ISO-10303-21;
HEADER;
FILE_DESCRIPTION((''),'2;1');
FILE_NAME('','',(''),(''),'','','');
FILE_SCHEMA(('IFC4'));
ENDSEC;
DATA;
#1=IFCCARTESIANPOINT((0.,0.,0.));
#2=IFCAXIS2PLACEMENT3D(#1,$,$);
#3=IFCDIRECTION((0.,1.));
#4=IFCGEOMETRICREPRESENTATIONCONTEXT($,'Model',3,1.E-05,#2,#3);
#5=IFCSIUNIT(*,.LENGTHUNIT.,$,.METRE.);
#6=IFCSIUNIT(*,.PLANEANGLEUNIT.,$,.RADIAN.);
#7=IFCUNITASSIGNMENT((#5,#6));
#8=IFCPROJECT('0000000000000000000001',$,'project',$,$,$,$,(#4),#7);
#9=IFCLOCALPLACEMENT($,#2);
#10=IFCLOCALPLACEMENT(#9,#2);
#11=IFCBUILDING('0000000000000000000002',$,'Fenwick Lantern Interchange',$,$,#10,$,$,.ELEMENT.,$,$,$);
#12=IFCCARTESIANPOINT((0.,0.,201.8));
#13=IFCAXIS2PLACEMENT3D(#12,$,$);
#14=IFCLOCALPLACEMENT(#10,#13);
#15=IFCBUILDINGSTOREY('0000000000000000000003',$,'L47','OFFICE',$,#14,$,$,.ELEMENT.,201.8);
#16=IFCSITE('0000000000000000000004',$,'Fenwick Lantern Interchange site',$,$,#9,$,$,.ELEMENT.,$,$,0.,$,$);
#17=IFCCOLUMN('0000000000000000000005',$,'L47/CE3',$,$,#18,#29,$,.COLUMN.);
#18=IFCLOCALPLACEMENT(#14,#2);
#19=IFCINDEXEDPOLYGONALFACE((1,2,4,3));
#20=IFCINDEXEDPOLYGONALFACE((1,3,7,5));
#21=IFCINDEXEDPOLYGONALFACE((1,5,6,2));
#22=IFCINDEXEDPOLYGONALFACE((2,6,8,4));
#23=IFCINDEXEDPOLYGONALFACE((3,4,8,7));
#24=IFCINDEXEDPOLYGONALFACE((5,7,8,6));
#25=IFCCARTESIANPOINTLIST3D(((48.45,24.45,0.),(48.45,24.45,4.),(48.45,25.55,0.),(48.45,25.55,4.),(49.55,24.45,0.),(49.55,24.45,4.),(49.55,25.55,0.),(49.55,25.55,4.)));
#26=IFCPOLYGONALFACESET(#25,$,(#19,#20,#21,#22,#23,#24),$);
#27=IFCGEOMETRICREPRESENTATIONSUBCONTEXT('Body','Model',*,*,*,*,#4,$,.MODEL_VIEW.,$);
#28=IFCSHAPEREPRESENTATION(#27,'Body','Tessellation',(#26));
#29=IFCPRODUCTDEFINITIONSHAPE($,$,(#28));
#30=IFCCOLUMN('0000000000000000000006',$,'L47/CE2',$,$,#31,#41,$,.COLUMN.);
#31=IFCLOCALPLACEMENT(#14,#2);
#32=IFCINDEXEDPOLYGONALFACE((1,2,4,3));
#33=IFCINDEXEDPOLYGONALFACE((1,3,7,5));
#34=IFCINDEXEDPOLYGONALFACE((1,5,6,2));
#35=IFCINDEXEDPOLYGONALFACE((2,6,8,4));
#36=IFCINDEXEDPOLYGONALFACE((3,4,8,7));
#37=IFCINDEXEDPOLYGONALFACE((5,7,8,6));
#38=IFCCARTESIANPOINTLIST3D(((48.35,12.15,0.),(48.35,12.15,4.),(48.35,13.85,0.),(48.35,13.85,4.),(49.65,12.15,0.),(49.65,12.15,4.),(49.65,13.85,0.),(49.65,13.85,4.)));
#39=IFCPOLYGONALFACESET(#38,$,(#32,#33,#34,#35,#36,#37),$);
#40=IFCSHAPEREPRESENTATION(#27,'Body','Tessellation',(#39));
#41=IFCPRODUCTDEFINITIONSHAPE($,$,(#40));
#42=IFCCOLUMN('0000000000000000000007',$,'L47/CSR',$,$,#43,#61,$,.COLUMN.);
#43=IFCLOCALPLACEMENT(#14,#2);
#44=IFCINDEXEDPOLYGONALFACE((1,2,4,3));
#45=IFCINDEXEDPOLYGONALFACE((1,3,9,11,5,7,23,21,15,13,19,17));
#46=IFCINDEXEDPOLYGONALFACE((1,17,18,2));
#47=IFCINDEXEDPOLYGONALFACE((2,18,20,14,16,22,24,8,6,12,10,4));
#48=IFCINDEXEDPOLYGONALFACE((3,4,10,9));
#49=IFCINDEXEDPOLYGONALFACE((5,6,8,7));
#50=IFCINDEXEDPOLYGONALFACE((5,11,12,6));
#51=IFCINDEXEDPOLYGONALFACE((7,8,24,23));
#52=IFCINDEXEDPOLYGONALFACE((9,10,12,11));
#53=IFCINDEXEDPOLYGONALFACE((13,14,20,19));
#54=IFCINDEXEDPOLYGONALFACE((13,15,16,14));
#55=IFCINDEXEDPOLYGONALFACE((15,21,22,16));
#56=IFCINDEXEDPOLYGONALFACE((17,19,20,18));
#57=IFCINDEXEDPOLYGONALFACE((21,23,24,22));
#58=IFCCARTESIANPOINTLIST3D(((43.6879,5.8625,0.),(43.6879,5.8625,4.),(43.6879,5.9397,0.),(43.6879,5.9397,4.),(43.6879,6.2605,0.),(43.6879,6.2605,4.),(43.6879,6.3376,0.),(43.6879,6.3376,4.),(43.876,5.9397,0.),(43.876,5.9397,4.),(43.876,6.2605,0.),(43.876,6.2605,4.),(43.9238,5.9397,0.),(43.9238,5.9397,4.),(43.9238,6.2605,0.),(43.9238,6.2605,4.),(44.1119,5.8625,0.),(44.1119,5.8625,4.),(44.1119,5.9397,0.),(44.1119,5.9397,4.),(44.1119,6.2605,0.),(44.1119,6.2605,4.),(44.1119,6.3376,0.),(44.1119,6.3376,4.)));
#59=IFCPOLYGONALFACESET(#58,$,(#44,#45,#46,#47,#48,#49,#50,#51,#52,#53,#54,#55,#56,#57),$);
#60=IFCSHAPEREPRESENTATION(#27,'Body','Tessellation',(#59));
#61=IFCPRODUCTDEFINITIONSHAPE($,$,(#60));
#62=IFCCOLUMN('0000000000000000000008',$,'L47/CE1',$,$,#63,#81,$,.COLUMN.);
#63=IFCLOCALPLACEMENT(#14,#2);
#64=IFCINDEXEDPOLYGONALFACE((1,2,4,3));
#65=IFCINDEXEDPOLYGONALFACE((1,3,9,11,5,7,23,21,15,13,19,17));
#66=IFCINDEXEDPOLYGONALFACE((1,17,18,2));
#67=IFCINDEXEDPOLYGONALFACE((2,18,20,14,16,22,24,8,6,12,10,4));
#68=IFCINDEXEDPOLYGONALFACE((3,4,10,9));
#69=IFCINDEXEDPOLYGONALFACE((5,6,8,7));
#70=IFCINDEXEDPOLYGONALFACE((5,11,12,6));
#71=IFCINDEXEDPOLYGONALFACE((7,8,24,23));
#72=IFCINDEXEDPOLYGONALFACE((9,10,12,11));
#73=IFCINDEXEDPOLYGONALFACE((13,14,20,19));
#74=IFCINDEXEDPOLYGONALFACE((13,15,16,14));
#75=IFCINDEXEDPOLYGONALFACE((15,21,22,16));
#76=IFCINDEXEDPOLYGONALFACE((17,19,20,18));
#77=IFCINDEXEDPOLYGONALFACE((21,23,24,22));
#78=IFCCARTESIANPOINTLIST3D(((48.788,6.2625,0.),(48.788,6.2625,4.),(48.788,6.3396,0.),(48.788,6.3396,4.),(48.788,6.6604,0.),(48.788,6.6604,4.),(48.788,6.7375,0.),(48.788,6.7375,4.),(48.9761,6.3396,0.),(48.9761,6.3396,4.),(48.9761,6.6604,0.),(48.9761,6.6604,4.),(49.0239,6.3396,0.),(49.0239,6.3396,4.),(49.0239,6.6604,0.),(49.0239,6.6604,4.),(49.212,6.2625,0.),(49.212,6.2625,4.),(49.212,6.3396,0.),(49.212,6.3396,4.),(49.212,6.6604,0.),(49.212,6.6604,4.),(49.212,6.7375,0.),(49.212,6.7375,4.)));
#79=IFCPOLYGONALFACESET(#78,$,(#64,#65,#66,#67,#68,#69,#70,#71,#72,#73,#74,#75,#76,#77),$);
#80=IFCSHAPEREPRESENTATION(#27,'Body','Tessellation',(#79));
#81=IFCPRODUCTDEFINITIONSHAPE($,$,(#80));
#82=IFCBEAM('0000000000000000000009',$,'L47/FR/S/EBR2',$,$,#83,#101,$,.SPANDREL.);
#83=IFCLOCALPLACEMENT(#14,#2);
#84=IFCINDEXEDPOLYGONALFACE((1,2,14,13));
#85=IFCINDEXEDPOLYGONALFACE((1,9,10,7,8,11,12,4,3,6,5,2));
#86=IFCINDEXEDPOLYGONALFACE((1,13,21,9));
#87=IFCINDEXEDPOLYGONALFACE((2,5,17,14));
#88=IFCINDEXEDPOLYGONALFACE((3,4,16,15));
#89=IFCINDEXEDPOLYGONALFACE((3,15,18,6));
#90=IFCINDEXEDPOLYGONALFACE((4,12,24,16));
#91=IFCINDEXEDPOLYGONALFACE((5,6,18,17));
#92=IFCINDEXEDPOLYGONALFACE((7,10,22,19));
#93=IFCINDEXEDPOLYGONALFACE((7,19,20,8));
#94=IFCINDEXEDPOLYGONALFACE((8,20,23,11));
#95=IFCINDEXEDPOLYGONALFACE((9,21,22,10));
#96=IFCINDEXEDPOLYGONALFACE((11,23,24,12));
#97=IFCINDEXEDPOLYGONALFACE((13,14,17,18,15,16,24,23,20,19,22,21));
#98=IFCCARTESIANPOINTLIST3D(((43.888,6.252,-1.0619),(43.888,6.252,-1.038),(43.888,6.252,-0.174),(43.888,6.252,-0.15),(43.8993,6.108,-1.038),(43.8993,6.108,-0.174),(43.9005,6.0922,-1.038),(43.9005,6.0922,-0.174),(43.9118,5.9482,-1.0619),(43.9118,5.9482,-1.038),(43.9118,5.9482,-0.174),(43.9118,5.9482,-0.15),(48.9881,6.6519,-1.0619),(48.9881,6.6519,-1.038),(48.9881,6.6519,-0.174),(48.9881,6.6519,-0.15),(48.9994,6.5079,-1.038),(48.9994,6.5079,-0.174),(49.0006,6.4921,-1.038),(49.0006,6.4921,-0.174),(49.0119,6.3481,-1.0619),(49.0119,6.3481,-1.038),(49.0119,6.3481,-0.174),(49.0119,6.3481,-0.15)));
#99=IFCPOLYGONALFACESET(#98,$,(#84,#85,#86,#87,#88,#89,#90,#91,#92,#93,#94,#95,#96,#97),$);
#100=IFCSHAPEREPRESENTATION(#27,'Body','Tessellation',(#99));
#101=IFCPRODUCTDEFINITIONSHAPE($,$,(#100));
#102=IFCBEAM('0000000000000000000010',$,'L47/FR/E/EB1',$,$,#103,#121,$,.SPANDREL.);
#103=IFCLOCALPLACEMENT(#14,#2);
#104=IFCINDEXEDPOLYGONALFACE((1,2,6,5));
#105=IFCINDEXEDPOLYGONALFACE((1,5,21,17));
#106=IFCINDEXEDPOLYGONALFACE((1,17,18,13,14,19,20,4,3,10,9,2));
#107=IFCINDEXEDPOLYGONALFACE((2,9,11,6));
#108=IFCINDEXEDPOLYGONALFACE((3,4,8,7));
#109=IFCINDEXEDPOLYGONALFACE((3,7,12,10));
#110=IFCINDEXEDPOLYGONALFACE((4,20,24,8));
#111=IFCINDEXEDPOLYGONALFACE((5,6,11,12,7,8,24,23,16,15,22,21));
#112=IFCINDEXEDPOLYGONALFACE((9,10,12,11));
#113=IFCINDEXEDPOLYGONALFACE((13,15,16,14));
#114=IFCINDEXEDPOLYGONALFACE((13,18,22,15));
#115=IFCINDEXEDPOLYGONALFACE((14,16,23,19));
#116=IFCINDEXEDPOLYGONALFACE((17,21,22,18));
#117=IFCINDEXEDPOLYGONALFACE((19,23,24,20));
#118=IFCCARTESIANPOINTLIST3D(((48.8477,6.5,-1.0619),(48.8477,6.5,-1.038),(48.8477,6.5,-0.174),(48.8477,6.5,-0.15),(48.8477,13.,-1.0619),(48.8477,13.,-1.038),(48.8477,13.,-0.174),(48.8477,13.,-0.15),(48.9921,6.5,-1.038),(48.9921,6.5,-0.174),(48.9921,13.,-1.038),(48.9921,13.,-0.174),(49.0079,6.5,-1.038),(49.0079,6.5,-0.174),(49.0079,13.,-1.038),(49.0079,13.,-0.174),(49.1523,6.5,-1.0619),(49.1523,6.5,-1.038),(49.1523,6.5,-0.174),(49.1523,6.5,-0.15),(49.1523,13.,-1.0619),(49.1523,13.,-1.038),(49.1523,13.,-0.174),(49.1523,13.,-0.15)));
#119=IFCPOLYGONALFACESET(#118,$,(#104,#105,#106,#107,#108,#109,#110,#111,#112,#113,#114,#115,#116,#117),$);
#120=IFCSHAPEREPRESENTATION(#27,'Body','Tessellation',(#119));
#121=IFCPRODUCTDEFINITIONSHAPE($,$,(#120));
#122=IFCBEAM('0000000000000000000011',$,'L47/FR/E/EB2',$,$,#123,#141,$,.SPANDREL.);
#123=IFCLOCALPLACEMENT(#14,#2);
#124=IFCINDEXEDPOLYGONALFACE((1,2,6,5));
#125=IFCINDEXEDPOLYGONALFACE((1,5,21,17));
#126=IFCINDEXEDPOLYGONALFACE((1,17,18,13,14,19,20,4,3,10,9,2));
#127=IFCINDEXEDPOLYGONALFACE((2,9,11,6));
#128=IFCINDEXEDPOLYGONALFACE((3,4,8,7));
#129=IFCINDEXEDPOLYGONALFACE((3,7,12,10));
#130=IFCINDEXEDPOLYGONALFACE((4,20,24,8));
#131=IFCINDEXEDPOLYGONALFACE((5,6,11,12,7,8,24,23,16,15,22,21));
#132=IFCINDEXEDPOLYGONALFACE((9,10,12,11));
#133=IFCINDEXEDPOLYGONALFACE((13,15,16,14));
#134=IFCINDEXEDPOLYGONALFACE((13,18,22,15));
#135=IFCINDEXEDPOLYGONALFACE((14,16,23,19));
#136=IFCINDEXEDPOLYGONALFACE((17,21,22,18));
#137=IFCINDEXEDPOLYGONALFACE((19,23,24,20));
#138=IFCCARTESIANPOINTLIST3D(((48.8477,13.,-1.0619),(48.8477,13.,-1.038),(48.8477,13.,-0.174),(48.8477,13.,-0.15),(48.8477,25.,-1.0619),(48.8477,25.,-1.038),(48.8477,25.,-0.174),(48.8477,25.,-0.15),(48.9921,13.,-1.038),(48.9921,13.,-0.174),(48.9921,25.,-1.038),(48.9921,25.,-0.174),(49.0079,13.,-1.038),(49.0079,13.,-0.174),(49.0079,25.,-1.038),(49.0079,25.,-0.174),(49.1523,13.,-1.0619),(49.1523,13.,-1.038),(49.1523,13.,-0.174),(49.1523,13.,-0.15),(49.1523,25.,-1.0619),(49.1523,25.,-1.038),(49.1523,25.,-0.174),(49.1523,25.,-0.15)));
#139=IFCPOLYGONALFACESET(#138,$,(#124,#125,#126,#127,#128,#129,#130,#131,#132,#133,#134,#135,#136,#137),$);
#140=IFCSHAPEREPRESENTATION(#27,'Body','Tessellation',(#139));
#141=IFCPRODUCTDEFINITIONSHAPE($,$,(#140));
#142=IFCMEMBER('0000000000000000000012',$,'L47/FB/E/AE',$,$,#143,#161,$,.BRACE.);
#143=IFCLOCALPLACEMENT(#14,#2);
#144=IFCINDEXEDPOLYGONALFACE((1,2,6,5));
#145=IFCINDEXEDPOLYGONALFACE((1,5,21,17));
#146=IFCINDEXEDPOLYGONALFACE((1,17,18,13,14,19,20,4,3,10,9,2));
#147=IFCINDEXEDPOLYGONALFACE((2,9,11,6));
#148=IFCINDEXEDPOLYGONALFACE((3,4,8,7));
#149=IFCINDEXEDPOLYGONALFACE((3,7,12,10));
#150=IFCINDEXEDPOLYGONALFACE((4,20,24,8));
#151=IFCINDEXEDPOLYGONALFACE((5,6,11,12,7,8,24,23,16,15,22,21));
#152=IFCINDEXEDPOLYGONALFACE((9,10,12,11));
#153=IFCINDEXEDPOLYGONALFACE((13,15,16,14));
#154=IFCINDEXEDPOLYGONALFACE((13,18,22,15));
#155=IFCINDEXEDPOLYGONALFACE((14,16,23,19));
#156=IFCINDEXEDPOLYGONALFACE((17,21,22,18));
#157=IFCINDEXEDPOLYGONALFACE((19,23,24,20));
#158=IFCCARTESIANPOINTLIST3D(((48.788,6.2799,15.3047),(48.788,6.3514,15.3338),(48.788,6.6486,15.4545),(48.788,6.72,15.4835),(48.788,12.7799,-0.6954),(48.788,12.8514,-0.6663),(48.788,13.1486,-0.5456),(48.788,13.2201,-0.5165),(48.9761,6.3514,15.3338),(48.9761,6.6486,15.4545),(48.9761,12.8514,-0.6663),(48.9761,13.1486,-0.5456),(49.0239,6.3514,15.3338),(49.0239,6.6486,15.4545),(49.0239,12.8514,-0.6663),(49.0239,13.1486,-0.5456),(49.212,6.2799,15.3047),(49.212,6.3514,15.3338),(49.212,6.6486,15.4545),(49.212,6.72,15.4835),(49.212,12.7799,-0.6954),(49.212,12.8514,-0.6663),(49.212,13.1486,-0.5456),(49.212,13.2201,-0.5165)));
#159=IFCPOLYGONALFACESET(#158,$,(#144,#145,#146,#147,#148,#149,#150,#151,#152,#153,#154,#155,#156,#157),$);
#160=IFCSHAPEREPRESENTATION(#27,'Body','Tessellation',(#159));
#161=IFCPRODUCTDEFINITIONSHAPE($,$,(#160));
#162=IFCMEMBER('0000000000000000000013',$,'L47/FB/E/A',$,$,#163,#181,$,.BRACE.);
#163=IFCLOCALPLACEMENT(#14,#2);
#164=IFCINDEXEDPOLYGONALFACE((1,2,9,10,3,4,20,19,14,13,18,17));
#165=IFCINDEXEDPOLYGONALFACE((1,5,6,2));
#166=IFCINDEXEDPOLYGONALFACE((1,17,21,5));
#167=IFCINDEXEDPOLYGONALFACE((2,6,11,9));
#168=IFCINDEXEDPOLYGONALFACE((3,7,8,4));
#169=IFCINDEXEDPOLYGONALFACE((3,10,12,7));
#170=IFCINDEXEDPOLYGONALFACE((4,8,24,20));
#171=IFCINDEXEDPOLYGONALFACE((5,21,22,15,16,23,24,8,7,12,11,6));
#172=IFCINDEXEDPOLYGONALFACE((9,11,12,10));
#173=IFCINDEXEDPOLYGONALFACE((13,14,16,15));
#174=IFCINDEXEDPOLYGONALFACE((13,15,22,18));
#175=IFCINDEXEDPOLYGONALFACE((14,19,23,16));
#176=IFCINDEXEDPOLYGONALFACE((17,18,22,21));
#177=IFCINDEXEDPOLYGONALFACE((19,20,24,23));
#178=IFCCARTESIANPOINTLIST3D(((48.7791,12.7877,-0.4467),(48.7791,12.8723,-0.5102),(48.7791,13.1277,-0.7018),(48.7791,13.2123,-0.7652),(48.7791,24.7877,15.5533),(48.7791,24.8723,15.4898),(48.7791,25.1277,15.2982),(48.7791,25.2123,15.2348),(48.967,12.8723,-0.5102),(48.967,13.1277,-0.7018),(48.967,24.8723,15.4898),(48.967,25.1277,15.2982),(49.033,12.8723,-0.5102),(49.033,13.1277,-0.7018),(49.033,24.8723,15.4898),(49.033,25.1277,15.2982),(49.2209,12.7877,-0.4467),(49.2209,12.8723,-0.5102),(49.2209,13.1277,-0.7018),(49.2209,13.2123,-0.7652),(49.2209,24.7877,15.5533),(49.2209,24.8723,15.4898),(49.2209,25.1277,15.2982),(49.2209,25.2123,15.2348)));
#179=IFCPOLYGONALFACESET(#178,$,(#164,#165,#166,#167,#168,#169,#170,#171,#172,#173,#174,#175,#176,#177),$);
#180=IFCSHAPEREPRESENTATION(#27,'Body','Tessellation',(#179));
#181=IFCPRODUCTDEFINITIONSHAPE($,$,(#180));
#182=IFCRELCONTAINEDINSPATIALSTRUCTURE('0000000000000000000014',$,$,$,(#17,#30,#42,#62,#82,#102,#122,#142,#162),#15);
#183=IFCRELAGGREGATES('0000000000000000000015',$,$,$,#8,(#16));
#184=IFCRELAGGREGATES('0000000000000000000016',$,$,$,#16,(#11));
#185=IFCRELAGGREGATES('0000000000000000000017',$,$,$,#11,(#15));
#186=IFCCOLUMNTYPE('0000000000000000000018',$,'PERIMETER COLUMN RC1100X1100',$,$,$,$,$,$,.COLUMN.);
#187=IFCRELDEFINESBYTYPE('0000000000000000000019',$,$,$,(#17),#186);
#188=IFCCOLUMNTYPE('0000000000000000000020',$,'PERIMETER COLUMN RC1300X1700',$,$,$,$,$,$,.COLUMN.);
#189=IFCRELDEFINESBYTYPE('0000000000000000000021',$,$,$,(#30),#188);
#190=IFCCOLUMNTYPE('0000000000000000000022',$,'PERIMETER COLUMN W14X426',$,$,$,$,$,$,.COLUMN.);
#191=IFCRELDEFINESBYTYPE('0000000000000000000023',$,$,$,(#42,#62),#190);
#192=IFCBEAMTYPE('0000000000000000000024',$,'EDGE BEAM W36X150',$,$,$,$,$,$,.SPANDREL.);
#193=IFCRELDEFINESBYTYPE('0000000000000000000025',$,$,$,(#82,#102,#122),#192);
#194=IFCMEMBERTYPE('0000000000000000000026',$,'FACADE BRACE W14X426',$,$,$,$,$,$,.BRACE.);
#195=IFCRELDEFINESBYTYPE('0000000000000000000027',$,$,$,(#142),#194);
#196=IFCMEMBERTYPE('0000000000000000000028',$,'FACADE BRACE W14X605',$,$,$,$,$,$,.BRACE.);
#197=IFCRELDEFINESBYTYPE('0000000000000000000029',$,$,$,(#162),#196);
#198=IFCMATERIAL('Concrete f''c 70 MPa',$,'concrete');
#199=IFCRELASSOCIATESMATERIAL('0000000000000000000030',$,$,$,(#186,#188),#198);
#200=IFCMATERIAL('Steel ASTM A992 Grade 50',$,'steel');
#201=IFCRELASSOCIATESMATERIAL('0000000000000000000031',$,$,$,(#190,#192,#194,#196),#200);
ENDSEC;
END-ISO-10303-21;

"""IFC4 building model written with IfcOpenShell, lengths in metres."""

from ifc_helpers import new_model, si_unit, direction, frame, origin, origin_2d, place, context, subcontext, project, spatial, rectangle, i_section, extrude, material, material_profile, profile_set, type_object, element, save


model = new_model("IFC4")

# Units and contexts
model_context = context("Model", 3, precision=1e-05, world=origin(), true_north=direction((0.0, 1.0)))
body_context = subcontext(model_context, "Body", "Model", "MODEL_VIEW")
ifc_project = project(units=[si_unit("LENGTHUNIT", "METRE"), si_unit("PLANEANGLEUNIT", "RADIAN")], contexts=[model_context])

# Site, building, storey
site_placement = place(None, origin())
site = spatial("IfcSite", under=ifc_project, at=site_placement, Name="Fenwick Lantern Interchange site", CompositionType="ELEMENT", RefElevation=0.0)
building_placement = place(site_placement, origin())
building = spatial("IfcBuilding", under=site, at=building_placement, Name="Fenwick Lantern Interchange", CompositionType="ELEMENT")
storey_placement = place(building_placement, frame((0.0, 0.0, 201.8)))
storey = spatial("IfcBuildingStorey", under=building, at=storey_placement, Name="L47", Description="OFFICE", CompositionType="ELEMENT", Elevation=201.8)

# Columns
ifc_material_1 = material(Name="Concrete f'c 70 MPa", Category="concrete")
ifc_material_profile_1 = material_profile(ifc_material_1, rectangle(XDim=1.1001, YDim=1.1001, at=origin_2d()), Name="RC1100X1100")
ifc_profile_set_1 = profile_set([ifc_material_profile_1], Name="Concrete f'c 70 MPa")
column_type_1 = type_object("IfcColumnType", Name="PERIMETER COLUMN RC1100X1100", PredefinedType="COLUMN", material=ifc_profile_set_1)
column_1_placement = place(storey_placement, frame((49.0, 25.0, 0.0), z_axis=(0.0, 0.0, 1.0), x_axis=(1.0, 0.0, 0.0)))
element("IfcColumn", 1, at=column_1_placement, inside=storey, type_object=column_type_1, Name="L47/CE3", PredefinedType="COLUMN", context=body_context, shape_type="SweptSolid", body=[
    extrude(rectangle(XDim=1.1001, YDim=1.1001, at=origin_2d()), origin(), (0.0, 0.0, 1.0), 4.0),
])
ifc_material_profile_2 = material_profile(ifc_material_1, rectangle(XDim=1.3, YDim=1.7, at=origin_2d()), Name="RC1300X1700")
ifc_profile_set_2 = profile_set([ifc_material_profile_2], Name="Concrete f'c 70 MPa")
column_type_2 = type_object("IfcColumnType", Name="PERIMETER COLUMN RC1300X1700", PredefinedType="COLUMN", material=ifc_profile_set_2)
column_2_placement = place(storey_placement, frame((49.0, 13.0, 0.0), z_axis=(0.0, 0.0, 1.0), x_axis=(1.0, 0.0, 0.0)))
element("IfcColumn", 2, at=column_2_placement, inside=storey, type_object=column_type_2, Name="L47/CE2", PredefinedType="COLUMN", context=body_context, shape_type="SweptSolid", body=[
    extrude(rectangle(XDim=1.3, YDim=1.7, at=origin_2d()), origin(), (0.0, 0.0, 1.0), 4.0),
])
ifc_material_2 = material(Name="Steel ASTM A992 Grade 50", Category="steel")
ifc_material_profile_3 = material_profile(ifc_material_2, i_section(OverallWidth=0.4241, OverallDepth=0.4751, WebThickness=0.0479, FlangeThickness=0.0771, at=origin_2d()), Name="W14X426")
ifc_profile_set_3 = profile_set([ifc_material_profile_3], Name="Steel ASTM A992 Grade 50")
column_type_3 = type_object("IfcColumnType", Name="PERIMETER COLUMN W14X426", PredefinedType="COLUMN", material=ifc_profile_set_3)
for number, where, z_axis, x_axis, name in (
    (3, (43.8999, 6.1001, 0.0), (0.0, 0.0, 1.0), (1.0, 0.0, 0.0), "L47/CSR"),
    (4, (49.0, 6.5, 0.0), (0.0, 0.0, 1.0), (1.0, 0.0, 0.0), "L47/CE1"),
):
    element("IfcColumn", number, at=place(storey_placement, frame(where, z_axis=z_axis, x_axis=x_axis)), inside=storey, type_object=column_type_3, Name=name, PredefinedType="COLUMN", context=body_context, shape_type="SweptSolid", body=[
        extrude(i_section(OverallWidth=0.4241, OverallDepth=0.4751, WebThickness=0.0479, FlangeThickness=0.0771, at=origin_2d()), origin(), (0.0, 0.0, 1.0), 4.0),
    ])

# Beams
ifc_material_profile_4 = material_profile(ifc_material_2, i_section(OverallWidth=0.3047, OverallDepth=0.9119, WebThickness=0.0159, FlangeThickness=0.0239, at=origin_2d()), Name="W36X150")
ifc_profile_set_4 = profile_set([ifc_material_profile_4], Name="Steel ASTM A992 Grade 50")
beam_type_1 = type_object("IfcBeamType", Name="EDGE BEAM W36X150", PredefinedType="SPANDREL", material=ifc_profile_set_4)
beam_1_placement = place(storey_placement, frame((43.8999, 6.1001, -0.606), z_axis=(0.99694, 0.078171, 0.0), x_axis=(-0.078171, 0.99694, 0.0)))
element("IfcBeam", 5, at=beam_1_placement, inside=storey, type_object=beam_type_1, Name="L47/FR/S/EBR2", PredefinedType="SPANDREL", context=body_context, shape_type="SweptSolid", body=[
    extrude(i_section(OverallWidth=0.3047, OverallDepth=0.9119, WebThickness=0.0159, FlangeThickness=0.0239, at=origin_2d()), origin(), (0.0, 0.0, 1.0), 5.1157),
])
beam_2_placement = place(storey_placement, frame((49.0, 6.5, -0.606), z_axis=(0.0, 1.0, 0.0), x_axis=(-1.0, 0.0, 0.0)))
element("IfcBeam", 6, at=beam_2_placement, inside=storey, type_object=beam_type_1, Name="L47/FR/E/EB1", PredefinedType="SPANDREL", context=body_context, shape_type="SweptSolid", body=[
    extrude(i_section(OverallWidth=0.3047, OverallDepth=0.9119, WebThickness=0.0159, FlangeThickness=0.0239, at=origin_2d()), origin(), (0.0, 0.0, 1.0), 6.5),
])
beam_3_placement = place(storey_placement, frame((49.0, 13.0, -0.606), z_axis=(0.0, 1.0, 0.0), x_axis=(-1.0, 0.0, 0.0)))
element("IfcBeam", 7, at=beam_3_placement, inside=storey, type_object=beam_type_1, Name="L47/FR/E/EB2", PredefinedType="SPANDREL", context=body_context, shape_type="SweptSolid", body=[
    extrude(i_section(OverallWidth=0.3047, OverallDepth=0.9119, WebThickness=0.0159, FlangeThickness=0.0239, at=origin_2d()), origin(), (0.0, 0.0, 1.0), 12.0),
])

# Members
ifc_material_profile_5 = material_profile(ifc_material_2, i_section(OverallWidth=0.4241, OverallDepth=0.4751, WebThickness=0.0479, FlangeThickness=0.0771, at=origin_2d()), Name="W14X426")
ifc_profile_set_5 = profile_set([ifc_material_profile_5], Name="Steel ASTM A992 Grade 50")
member_type_1 = type_object("IfcMemberType", Name="FACADE BRACE W14X426", PredefinedType="BRACE", material=ifc_profile_set_5)
member_1_placement = place(storey_placement, frame((49.0, 13.0, -0.606), z_axis=(0.0, -0.376377, 0.926467), x_axis=(1.0, 0.0, 0.0)))
element("IfcMember", 8, at=member_1_placement, inside=storey, type_object=member_type_1, Name="L47/FB/E/AE", PredefinedType="BRACE", context=body_context, shape_type="SweptSolid", body=[
    extrude(i_section(OverallWidth=0.4241, OverallDepth=0.4751, WebThickness=0.0479, FlangeThickness=0.0771, at=origin_2d()), origin(), (0.0, 0.0, 1.0), 17.27),
])
ifc_material_profile_6 = material_profile(ifc_material_2, i_section(OverallWidth=0.4419, OverallDepth=0.5308, WebThickness=0.0659, FlangeThickness=0.1057, at=origin_2d()), Name="W14X605")
ifc_profile_set_6 = profile_set([ifc_material_profile_6], Name="Steel ASTM A992 Grade 50")
member_type_2 = type_object("IfcMemberType", Name="FACADE BRACE W14X605", PredefinedType="BRACE", material=ifc_profile_set_6)
member_2_placement = place(storey_placement, frame((49.0, 13.0, -0.606), z_axis=(0.0, 0.6, 0.8), x_axis=(-1.0, 0.0, 0.0)))
element("IfcMember", 9, at=member_2_placement, inside=storey, type_object=member_type_2, Name="L47/FB/E/A", PredefinedType="BRACE", context=body_context, shape_type="SweptSolid", body=[
    extrude(i_section(OverallWidth=0.4419, OverallDepth=0.5308, WebThickness=0.0659, FlangeThickness=0.1057, at=origin_2d()), origin(), (0.0, 0.0, 1.0), 20.0),
])

save(model, "model.ifc")
